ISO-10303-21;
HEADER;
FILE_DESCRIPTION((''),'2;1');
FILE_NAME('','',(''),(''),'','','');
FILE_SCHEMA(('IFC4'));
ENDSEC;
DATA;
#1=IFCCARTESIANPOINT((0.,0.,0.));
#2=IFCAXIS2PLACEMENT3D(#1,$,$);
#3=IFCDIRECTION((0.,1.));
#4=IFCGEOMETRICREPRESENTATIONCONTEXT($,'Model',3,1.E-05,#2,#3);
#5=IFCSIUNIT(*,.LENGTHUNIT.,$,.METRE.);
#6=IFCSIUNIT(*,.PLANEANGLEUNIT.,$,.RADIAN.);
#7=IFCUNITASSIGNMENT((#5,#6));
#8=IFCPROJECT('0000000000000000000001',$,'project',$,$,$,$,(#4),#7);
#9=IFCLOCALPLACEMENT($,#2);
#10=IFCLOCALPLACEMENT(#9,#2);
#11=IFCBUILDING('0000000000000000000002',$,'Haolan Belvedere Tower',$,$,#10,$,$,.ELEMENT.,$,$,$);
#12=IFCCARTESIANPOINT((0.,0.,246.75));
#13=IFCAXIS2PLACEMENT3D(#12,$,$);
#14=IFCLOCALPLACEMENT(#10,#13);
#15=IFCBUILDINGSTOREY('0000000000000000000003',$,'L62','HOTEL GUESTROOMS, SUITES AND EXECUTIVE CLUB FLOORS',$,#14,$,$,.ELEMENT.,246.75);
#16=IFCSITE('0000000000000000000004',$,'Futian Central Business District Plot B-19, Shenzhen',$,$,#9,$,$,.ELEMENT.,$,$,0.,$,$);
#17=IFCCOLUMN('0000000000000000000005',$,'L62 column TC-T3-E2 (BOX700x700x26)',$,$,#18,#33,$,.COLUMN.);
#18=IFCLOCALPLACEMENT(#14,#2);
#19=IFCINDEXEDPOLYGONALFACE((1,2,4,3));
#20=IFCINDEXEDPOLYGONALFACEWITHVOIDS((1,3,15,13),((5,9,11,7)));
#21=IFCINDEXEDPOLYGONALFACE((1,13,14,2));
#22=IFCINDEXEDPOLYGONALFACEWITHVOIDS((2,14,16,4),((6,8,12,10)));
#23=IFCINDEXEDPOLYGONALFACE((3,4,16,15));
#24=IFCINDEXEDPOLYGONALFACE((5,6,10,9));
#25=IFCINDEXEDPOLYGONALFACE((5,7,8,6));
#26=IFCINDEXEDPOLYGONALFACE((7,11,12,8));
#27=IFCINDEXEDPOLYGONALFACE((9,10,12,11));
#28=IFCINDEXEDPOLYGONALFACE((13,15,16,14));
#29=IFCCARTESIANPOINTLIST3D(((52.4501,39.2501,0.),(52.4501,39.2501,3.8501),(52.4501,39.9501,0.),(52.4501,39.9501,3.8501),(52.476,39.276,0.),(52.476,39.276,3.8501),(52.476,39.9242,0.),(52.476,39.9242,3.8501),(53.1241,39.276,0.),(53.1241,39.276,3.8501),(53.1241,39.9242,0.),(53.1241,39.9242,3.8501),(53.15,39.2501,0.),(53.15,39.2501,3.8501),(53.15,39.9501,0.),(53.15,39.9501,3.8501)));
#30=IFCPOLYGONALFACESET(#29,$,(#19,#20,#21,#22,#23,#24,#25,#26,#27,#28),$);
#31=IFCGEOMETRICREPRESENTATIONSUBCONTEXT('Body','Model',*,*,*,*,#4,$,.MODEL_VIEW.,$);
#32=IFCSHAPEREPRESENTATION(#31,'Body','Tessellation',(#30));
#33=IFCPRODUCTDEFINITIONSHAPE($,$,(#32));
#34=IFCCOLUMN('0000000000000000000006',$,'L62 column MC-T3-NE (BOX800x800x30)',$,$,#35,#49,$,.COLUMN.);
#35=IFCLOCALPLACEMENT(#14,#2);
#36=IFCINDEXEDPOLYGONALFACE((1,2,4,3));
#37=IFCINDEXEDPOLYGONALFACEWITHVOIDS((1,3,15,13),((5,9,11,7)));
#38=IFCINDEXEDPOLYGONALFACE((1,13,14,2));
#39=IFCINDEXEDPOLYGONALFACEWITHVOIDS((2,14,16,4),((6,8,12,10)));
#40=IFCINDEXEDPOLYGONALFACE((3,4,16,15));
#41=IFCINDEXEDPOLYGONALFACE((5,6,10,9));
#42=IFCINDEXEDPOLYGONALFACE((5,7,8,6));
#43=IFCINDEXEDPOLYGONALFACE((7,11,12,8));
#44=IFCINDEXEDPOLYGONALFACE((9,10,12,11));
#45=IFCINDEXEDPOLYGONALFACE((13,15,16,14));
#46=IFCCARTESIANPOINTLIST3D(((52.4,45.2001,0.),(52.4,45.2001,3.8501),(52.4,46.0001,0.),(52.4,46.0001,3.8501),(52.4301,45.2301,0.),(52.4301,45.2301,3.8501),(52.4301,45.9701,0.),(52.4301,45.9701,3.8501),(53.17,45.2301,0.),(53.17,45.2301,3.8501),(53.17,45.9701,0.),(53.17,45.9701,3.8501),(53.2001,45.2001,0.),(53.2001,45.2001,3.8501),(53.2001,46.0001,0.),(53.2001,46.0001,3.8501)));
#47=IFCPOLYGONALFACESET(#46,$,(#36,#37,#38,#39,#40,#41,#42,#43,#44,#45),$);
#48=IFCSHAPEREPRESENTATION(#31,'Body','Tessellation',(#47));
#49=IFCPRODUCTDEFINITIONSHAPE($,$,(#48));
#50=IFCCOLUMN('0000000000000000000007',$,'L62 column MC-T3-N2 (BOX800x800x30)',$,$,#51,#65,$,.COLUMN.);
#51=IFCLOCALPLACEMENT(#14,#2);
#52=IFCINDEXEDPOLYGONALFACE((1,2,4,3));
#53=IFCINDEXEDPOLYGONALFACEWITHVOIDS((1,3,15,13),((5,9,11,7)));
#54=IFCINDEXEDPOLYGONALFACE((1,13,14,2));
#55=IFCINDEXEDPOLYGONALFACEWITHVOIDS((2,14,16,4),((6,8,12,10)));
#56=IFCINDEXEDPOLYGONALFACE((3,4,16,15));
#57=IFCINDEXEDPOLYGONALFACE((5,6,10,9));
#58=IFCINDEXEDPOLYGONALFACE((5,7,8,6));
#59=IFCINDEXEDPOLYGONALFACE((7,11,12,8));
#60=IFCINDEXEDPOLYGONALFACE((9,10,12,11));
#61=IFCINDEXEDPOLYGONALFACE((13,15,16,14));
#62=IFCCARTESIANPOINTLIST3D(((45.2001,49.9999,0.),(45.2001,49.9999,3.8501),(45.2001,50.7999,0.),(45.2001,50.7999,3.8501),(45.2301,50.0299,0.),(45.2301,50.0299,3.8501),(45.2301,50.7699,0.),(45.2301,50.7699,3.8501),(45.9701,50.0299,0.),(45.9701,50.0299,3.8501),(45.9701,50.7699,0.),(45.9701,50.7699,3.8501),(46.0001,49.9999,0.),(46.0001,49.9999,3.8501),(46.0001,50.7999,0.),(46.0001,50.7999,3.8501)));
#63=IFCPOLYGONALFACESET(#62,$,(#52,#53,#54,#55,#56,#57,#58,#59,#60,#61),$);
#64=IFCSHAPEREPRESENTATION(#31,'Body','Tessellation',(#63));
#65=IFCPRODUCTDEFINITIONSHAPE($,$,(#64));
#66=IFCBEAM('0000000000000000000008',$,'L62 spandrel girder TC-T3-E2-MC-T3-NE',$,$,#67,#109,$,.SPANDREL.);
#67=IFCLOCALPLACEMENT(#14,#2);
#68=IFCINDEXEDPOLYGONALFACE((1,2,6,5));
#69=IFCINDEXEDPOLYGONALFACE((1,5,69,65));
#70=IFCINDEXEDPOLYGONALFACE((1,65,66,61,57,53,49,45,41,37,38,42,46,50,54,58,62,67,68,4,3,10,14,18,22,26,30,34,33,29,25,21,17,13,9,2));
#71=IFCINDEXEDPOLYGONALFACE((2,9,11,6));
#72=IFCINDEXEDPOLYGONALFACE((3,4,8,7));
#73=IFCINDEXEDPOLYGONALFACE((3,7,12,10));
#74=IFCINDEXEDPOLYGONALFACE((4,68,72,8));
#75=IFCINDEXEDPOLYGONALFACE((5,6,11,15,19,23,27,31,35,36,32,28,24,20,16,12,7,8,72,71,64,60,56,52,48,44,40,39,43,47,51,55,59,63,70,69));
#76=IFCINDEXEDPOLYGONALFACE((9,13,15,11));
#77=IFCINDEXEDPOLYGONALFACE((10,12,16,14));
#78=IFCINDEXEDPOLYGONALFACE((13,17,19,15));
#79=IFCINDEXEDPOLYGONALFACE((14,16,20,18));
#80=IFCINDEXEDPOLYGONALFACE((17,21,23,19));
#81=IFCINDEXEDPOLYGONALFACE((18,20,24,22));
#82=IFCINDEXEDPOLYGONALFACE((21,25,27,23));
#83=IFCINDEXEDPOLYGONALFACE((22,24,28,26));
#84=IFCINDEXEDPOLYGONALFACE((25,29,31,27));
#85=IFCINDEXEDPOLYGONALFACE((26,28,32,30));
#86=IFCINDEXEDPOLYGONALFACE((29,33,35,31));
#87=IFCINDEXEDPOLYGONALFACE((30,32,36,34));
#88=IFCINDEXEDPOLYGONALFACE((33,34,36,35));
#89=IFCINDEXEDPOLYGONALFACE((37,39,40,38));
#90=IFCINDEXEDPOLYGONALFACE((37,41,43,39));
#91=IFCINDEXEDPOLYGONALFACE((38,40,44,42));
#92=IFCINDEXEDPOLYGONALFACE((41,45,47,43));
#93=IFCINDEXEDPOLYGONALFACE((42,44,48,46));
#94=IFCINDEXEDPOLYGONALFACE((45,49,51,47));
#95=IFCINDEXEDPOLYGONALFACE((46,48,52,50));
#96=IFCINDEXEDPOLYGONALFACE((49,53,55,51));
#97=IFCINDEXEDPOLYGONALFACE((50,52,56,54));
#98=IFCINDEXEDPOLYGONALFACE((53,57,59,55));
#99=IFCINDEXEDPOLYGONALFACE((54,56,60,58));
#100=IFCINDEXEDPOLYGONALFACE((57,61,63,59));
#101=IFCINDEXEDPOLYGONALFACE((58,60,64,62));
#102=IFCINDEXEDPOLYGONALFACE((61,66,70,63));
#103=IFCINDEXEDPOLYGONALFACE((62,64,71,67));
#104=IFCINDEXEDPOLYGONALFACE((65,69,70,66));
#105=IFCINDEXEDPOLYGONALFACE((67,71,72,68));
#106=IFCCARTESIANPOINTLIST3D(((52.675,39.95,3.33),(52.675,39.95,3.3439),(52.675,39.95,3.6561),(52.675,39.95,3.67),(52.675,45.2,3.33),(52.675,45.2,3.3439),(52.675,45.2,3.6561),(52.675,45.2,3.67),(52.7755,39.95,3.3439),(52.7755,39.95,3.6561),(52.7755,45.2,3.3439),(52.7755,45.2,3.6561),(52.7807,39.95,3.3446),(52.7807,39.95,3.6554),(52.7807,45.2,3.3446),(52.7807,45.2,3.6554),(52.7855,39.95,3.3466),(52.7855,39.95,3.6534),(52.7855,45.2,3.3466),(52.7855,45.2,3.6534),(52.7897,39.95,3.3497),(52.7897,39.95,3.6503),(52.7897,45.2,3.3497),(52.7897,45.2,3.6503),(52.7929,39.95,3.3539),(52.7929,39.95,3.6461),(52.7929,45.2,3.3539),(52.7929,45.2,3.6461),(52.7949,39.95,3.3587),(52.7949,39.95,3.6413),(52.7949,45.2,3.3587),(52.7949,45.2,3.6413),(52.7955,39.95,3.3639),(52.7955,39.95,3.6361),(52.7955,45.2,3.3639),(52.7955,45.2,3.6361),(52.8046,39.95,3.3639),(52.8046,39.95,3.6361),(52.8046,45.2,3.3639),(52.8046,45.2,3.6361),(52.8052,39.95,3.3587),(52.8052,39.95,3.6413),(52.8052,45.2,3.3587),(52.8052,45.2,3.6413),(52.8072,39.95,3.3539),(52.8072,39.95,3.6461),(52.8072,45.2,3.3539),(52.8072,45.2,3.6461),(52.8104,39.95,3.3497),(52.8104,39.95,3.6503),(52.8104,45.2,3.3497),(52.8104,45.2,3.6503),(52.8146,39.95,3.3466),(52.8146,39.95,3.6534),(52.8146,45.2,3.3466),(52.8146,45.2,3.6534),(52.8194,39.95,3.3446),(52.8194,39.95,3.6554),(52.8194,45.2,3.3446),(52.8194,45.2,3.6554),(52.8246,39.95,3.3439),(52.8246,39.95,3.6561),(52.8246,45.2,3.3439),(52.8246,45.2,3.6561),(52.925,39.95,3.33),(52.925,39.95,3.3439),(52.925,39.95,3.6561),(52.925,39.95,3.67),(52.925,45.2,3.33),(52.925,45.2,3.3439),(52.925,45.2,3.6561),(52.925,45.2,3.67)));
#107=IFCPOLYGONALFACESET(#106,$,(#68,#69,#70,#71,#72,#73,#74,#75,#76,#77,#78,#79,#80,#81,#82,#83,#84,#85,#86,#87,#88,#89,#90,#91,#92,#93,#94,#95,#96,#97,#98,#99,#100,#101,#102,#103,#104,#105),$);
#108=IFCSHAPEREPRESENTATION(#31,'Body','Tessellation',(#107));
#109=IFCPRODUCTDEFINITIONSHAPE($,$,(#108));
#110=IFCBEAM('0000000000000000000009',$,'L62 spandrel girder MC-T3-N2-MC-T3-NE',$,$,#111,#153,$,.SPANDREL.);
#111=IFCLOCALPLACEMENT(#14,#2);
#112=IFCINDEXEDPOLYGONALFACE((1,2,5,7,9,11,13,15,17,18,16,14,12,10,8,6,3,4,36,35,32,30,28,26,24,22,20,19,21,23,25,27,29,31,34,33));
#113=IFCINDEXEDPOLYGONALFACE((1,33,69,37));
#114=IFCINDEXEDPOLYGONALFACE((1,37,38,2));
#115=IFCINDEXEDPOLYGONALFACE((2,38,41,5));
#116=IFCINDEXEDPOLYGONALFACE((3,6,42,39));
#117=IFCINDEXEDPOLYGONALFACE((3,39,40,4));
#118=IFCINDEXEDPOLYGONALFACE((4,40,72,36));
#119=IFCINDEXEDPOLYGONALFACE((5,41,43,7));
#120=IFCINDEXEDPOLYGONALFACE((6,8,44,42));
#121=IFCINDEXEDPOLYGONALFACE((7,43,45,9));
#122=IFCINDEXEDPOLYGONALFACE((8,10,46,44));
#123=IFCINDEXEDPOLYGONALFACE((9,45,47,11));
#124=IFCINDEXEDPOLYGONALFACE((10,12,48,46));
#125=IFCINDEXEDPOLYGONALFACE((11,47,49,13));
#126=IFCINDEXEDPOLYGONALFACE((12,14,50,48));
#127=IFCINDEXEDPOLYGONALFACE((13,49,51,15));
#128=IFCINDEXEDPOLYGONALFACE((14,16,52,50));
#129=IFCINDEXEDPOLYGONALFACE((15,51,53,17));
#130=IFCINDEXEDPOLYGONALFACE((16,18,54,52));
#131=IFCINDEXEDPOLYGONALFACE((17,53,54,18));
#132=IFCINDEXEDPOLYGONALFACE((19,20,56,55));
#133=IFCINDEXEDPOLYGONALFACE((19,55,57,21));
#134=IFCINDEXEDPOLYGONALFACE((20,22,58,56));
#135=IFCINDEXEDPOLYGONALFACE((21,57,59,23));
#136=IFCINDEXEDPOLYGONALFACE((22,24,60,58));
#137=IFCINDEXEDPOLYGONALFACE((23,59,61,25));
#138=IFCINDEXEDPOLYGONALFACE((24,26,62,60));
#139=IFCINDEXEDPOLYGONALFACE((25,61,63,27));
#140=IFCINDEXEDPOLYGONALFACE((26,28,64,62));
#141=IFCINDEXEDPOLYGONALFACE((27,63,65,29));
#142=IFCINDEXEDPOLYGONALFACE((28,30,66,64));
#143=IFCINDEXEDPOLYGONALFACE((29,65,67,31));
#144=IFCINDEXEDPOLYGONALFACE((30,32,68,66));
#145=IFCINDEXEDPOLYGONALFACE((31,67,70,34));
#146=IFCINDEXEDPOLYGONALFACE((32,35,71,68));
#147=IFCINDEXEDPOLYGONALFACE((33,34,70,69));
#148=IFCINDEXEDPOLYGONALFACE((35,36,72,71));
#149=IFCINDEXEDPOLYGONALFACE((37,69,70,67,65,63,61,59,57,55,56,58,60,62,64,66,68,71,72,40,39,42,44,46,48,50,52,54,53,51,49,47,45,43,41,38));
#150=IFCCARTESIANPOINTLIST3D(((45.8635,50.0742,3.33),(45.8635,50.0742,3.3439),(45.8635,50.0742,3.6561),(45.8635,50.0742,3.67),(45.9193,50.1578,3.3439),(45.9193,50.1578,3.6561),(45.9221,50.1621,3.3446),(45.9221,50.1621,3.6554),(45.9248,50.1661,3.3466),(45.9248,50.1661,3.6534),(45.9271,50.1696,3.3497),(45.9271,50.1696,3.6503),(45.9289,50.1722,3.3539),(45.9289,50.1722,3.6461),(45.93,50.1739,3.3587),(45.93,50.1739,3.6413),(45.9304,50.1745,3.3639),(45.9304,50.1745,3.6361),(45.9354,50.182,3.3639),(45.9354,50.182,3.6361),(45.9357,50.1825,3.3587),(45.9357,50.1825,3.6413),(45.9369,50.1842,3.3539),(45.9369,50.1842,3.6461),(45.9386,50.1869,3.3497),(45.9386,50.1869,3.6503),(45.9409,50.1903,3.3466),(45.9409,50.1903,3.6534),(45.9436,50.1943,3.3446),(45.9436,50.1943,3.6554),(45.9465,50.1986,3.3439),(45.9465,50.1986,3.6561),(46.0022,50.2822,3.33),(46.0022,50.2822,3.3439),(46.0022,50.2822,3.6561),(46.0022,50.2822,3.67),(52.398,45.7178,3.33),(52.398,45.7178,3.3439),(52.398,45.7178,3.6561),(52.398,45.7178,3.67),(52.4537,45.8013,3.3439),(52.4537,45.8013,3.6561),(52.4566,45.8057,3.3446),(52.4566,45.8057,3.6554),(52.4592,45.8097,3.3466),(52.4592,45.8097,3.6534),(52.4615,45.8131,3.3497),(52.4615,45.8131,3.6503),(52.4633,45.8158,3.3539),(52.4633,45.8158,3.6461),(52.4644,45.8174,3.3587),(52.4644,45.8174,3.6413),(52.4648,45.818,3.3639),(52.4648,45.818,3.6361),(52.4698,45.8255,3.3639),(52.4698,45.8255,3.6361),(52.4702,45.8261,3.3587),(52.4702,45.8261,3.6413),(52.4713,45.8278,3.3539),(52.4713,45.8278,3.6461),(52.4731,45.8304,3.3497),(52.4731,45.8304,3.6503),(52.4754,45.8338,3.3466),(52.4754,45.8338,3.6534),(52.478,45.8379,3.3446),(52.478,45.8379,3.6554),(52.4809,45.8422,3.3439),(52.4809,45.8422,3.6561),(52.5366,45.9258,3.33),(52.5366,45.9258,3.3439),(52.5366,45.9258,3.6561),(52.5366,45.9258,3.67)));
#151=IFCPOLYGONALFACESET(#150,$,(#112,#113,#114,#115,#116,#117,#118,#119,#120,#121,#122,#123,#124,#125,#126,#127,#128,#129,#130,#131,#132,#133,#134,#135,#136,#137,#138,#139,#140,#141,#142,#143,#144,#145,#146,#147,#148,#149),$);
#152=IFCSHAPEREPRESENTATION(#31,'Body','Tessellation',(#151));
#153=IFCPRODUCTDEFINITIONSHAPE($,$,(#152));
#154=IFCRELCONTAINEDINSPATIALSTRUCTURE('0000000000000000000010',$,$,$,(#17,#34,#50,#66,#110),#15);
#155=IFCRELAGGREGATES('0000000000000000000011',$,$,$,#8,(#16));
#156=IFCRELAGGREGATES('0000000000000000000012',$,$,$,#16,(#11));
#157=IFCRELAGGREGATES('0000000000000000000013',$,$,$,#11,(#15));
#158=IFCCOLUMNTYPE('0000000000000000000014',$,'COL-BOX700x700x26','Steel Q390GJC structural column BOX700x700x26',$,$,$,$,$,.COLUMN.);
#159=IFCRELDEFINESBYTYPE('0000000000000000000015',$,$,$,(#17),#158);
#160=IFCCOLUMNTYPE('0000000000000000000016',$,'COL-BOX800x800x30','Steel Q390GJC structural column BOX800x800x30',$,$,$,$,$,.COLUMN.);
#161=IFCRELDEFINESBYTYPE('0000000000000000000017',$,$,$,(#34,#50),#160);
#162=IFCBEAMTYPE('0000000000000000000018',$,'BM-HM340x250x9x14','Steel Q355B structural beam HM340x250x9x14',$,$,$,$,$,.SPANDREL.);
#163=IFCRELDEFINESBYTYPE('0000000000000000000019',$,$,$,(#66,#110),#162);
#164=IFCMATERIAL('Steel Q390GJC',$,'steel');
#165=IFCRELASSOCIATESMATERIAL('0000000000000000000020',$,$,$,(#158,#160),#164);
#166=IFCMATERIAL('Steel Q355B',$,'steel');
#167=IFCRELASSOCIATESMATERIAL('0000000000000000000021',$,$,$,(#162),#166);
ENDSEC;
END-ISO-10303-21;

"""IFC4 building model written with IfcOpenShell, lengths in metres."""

from ifc_helpers import new_model, si_unit, direction, frame, origin, origin_2d, place, context, subcontext, project, spatial, hollow_rectangle, i_section, extrude, material, material_profile, profile_set, type_object, element, save


model = new_model("IFC4")

# Units and contexts
model_context = context("Model", 3, precision=1e-05, world=origin(), true_north=direction((0.0, 1.0)))
body_context = subcontext(model_context, "Body", "Model", "MODEL_VIEW")
ifc_project = project(units=[si_unit("LENGTHUNIT", "METRE"), si_unit("PLANEANGLEUNIT", "RADIAN")], contexts=[model_context])

# Site, building, storey
site_placement = place(None, origin())
site = spatial("IfcSite", under=ifc_project, at=site_placement, Name="Futian Central Business District Plot B-19, Shenzhen", CompositionType="ELEMENT", RefElevation=0.0)
building_placement = place(site_placement, origin())
building = spatial("IfcBuilding", under=site, at=building_placement, Name="Haolan Belvedere Tower", CompositionType="ELEMENT")
storey_placement = place(building_placement, frame((0.0, 0.0, 246.75)))
storey = spatial("IfcBuildingStorey", under=building, at=storey_placement, Name="L62", Description="HOTEL GUESTROOMS, SUITES AND EXECUTIVE CLUB FLOORS", CompositionType="ELEMENT", Elevation=246.75)

# Columns
ifc_material_1 = material(Name="Steel Q390GJC", Category="steel")
ifc_material_profile_1 = material_profile(ifc_material_1, hollow_rectangle(XDim=0.7, YDim=0.7, WallThickness=0.0259, at=origin_2d()), Name="Steel Q390GJC")
ifc_profile_set_1 = profile_set([ifc_material_profile_1], Name="Steel Q390GJC")
column_type_1 = type_object("IfcColumnType", Name="COL-BOX700x700x26", Description="Steel Q390GJC structural column BOX700x700x26", PredefinedType="COLUMN", material=ifc_profile_set_1)
column_placement = place(storey_placement, frame((52.8, 39.6001, 0.0), z_axis=(0.0, 0.0, 1.0), x_axis=(1.0, 0.0, 0.0)))
element("IfcColumn", 1, at=column_placement, inside=storey, type_object=column_type_1, Name="L62 column TC-T3-E2 (BOX700x700x26)", PredefinedType="COLUMN", context=body_context, shape_type="SweptSolid", body=[
    extrude(hollow_rectangle(XDim=0.7, YDim=0.7, WallThickness=0.0259, at=origin_2d()), origin(), (0.0, 0.0, 1.0), 3.8501),
])
ifc_material_profile_2 = material_profile(ifc_material_1, hollow_rectangle(XDim=0.8, YDim=0.8, WallThickness=0.03, at=origin_2d()), Name="Steel Q390GJC")
ifc_profile_set_2 = profile_set([ifc_material_profile_2], Name="Steel Q390GJC")
column_type_2 = type_object("IfcColumnType", Name="COL-BOX800x800x30", Description="Steel Q390GJC structural column BOX800x800x30", PredefinedType="COLUMN", material=ifc_profile_set_2)
for number, where, z_axis, x_axis, name in (
    (2, (52.8, 45.6001, 0.0), (0.0, 0.0, 1.0), (1.0, 0.0, 0.0), "L62 column MC-T3-NE (BOX800x800x30)"),
    (3, (45.6001, 50.3999, 0.0), (0.0, 0.0, 1.0), (1.0, 0.0, 0.0), "L62 column MC-T3-N2 (BOX800x800x30)"),
):
    element("IfcColumn", number, at=place(storey_placement, frame(where, z_axis=z_axis, x_axis=x_axis)), inside=storey, type_object=column_type_2, Name=name, PredefinedType="COLUMN", context=body_context, shape_type="SweptSolid", body=[
        extrude(hollow_rectangle(XDim=0.8, YDim=0.8, WallThickness=0.03, at=origin_2d()), origin(), (0.0, 0.0, 1.0), 3.8501),
    ])

# Beams
ifc_material_2 = material(Name="Steel Q355B", Category="steel")
ifc_material_profile_3 = material_profile(ifc_material_2, i_section(OverallWidth=0.25, OverallDepth=0.3401, WebThickness=0.009, FlangeThickness=0.0139, FilletRadius=0.02, at=origin_2d()), Name="Steel Q355B")
ifc_profile_set_3 = profile_set([ifc_material_profile_3], Name="Steel Q355B")
beam_type_1 = type_object("IfcBeamType", Name="BM-HM340x250x9x14", Description="Steel Q355B structural beam HM340x250x9x14", PredefinedType="SPANDREL", material=ifc_profile_set_3)
beam_1_placement = place(storey_placement, frame((52.8, 39.95, 3.5), z_axis=(0.0, 1.0, 0.0), x_axis=(-1.0, 0.0, 0.0)))
element("IfcBeam", 4, at=beam_1_placement, inside=storey, type_object=beam_type_1, Name="L62 spandrel girder TC-T3-E2-MC-T3-NE", PredefinedType="SPANDREL", context=body_context, shape_type="SweptSolid", body=[
    extrude(i_section(OverallWidth=0.25, OverallDepth=0.3401, WebThickness=0.009, FlangeThickness=0.0139, FilletRadius=0.02, at=origin_2d()), origin(), (0.0, 0.0, 1.0), 5.25),
])
beam_2_placement = place(storey_placement, frame((45.9329, 50.1782, 3.5), z_axis=(0.832041, -0.554715, 0.0), x_axis=(0.554715, 0.832041, 0.0)))
element("IfcBeam", 5, at=beam_2_placement, inside=storey, type_object=beam_type_1, Name="L62 spandrel girder MC-T3-N2-MC-T3-NE", PredefinedType="SPANDREL", context=body_context, shape_type="SweptSolid", body=[
    extrude(i_section(OverallWidth=0.25, OverallDepth=0.3401, WebThickness=0.009, FlangeThickness=0.0139, FilletRadius=0.02, at=origin_2d()), origin(), (0.0, 0.0, 1.0), 7.8535),
])

save(model, "model.ifc")
